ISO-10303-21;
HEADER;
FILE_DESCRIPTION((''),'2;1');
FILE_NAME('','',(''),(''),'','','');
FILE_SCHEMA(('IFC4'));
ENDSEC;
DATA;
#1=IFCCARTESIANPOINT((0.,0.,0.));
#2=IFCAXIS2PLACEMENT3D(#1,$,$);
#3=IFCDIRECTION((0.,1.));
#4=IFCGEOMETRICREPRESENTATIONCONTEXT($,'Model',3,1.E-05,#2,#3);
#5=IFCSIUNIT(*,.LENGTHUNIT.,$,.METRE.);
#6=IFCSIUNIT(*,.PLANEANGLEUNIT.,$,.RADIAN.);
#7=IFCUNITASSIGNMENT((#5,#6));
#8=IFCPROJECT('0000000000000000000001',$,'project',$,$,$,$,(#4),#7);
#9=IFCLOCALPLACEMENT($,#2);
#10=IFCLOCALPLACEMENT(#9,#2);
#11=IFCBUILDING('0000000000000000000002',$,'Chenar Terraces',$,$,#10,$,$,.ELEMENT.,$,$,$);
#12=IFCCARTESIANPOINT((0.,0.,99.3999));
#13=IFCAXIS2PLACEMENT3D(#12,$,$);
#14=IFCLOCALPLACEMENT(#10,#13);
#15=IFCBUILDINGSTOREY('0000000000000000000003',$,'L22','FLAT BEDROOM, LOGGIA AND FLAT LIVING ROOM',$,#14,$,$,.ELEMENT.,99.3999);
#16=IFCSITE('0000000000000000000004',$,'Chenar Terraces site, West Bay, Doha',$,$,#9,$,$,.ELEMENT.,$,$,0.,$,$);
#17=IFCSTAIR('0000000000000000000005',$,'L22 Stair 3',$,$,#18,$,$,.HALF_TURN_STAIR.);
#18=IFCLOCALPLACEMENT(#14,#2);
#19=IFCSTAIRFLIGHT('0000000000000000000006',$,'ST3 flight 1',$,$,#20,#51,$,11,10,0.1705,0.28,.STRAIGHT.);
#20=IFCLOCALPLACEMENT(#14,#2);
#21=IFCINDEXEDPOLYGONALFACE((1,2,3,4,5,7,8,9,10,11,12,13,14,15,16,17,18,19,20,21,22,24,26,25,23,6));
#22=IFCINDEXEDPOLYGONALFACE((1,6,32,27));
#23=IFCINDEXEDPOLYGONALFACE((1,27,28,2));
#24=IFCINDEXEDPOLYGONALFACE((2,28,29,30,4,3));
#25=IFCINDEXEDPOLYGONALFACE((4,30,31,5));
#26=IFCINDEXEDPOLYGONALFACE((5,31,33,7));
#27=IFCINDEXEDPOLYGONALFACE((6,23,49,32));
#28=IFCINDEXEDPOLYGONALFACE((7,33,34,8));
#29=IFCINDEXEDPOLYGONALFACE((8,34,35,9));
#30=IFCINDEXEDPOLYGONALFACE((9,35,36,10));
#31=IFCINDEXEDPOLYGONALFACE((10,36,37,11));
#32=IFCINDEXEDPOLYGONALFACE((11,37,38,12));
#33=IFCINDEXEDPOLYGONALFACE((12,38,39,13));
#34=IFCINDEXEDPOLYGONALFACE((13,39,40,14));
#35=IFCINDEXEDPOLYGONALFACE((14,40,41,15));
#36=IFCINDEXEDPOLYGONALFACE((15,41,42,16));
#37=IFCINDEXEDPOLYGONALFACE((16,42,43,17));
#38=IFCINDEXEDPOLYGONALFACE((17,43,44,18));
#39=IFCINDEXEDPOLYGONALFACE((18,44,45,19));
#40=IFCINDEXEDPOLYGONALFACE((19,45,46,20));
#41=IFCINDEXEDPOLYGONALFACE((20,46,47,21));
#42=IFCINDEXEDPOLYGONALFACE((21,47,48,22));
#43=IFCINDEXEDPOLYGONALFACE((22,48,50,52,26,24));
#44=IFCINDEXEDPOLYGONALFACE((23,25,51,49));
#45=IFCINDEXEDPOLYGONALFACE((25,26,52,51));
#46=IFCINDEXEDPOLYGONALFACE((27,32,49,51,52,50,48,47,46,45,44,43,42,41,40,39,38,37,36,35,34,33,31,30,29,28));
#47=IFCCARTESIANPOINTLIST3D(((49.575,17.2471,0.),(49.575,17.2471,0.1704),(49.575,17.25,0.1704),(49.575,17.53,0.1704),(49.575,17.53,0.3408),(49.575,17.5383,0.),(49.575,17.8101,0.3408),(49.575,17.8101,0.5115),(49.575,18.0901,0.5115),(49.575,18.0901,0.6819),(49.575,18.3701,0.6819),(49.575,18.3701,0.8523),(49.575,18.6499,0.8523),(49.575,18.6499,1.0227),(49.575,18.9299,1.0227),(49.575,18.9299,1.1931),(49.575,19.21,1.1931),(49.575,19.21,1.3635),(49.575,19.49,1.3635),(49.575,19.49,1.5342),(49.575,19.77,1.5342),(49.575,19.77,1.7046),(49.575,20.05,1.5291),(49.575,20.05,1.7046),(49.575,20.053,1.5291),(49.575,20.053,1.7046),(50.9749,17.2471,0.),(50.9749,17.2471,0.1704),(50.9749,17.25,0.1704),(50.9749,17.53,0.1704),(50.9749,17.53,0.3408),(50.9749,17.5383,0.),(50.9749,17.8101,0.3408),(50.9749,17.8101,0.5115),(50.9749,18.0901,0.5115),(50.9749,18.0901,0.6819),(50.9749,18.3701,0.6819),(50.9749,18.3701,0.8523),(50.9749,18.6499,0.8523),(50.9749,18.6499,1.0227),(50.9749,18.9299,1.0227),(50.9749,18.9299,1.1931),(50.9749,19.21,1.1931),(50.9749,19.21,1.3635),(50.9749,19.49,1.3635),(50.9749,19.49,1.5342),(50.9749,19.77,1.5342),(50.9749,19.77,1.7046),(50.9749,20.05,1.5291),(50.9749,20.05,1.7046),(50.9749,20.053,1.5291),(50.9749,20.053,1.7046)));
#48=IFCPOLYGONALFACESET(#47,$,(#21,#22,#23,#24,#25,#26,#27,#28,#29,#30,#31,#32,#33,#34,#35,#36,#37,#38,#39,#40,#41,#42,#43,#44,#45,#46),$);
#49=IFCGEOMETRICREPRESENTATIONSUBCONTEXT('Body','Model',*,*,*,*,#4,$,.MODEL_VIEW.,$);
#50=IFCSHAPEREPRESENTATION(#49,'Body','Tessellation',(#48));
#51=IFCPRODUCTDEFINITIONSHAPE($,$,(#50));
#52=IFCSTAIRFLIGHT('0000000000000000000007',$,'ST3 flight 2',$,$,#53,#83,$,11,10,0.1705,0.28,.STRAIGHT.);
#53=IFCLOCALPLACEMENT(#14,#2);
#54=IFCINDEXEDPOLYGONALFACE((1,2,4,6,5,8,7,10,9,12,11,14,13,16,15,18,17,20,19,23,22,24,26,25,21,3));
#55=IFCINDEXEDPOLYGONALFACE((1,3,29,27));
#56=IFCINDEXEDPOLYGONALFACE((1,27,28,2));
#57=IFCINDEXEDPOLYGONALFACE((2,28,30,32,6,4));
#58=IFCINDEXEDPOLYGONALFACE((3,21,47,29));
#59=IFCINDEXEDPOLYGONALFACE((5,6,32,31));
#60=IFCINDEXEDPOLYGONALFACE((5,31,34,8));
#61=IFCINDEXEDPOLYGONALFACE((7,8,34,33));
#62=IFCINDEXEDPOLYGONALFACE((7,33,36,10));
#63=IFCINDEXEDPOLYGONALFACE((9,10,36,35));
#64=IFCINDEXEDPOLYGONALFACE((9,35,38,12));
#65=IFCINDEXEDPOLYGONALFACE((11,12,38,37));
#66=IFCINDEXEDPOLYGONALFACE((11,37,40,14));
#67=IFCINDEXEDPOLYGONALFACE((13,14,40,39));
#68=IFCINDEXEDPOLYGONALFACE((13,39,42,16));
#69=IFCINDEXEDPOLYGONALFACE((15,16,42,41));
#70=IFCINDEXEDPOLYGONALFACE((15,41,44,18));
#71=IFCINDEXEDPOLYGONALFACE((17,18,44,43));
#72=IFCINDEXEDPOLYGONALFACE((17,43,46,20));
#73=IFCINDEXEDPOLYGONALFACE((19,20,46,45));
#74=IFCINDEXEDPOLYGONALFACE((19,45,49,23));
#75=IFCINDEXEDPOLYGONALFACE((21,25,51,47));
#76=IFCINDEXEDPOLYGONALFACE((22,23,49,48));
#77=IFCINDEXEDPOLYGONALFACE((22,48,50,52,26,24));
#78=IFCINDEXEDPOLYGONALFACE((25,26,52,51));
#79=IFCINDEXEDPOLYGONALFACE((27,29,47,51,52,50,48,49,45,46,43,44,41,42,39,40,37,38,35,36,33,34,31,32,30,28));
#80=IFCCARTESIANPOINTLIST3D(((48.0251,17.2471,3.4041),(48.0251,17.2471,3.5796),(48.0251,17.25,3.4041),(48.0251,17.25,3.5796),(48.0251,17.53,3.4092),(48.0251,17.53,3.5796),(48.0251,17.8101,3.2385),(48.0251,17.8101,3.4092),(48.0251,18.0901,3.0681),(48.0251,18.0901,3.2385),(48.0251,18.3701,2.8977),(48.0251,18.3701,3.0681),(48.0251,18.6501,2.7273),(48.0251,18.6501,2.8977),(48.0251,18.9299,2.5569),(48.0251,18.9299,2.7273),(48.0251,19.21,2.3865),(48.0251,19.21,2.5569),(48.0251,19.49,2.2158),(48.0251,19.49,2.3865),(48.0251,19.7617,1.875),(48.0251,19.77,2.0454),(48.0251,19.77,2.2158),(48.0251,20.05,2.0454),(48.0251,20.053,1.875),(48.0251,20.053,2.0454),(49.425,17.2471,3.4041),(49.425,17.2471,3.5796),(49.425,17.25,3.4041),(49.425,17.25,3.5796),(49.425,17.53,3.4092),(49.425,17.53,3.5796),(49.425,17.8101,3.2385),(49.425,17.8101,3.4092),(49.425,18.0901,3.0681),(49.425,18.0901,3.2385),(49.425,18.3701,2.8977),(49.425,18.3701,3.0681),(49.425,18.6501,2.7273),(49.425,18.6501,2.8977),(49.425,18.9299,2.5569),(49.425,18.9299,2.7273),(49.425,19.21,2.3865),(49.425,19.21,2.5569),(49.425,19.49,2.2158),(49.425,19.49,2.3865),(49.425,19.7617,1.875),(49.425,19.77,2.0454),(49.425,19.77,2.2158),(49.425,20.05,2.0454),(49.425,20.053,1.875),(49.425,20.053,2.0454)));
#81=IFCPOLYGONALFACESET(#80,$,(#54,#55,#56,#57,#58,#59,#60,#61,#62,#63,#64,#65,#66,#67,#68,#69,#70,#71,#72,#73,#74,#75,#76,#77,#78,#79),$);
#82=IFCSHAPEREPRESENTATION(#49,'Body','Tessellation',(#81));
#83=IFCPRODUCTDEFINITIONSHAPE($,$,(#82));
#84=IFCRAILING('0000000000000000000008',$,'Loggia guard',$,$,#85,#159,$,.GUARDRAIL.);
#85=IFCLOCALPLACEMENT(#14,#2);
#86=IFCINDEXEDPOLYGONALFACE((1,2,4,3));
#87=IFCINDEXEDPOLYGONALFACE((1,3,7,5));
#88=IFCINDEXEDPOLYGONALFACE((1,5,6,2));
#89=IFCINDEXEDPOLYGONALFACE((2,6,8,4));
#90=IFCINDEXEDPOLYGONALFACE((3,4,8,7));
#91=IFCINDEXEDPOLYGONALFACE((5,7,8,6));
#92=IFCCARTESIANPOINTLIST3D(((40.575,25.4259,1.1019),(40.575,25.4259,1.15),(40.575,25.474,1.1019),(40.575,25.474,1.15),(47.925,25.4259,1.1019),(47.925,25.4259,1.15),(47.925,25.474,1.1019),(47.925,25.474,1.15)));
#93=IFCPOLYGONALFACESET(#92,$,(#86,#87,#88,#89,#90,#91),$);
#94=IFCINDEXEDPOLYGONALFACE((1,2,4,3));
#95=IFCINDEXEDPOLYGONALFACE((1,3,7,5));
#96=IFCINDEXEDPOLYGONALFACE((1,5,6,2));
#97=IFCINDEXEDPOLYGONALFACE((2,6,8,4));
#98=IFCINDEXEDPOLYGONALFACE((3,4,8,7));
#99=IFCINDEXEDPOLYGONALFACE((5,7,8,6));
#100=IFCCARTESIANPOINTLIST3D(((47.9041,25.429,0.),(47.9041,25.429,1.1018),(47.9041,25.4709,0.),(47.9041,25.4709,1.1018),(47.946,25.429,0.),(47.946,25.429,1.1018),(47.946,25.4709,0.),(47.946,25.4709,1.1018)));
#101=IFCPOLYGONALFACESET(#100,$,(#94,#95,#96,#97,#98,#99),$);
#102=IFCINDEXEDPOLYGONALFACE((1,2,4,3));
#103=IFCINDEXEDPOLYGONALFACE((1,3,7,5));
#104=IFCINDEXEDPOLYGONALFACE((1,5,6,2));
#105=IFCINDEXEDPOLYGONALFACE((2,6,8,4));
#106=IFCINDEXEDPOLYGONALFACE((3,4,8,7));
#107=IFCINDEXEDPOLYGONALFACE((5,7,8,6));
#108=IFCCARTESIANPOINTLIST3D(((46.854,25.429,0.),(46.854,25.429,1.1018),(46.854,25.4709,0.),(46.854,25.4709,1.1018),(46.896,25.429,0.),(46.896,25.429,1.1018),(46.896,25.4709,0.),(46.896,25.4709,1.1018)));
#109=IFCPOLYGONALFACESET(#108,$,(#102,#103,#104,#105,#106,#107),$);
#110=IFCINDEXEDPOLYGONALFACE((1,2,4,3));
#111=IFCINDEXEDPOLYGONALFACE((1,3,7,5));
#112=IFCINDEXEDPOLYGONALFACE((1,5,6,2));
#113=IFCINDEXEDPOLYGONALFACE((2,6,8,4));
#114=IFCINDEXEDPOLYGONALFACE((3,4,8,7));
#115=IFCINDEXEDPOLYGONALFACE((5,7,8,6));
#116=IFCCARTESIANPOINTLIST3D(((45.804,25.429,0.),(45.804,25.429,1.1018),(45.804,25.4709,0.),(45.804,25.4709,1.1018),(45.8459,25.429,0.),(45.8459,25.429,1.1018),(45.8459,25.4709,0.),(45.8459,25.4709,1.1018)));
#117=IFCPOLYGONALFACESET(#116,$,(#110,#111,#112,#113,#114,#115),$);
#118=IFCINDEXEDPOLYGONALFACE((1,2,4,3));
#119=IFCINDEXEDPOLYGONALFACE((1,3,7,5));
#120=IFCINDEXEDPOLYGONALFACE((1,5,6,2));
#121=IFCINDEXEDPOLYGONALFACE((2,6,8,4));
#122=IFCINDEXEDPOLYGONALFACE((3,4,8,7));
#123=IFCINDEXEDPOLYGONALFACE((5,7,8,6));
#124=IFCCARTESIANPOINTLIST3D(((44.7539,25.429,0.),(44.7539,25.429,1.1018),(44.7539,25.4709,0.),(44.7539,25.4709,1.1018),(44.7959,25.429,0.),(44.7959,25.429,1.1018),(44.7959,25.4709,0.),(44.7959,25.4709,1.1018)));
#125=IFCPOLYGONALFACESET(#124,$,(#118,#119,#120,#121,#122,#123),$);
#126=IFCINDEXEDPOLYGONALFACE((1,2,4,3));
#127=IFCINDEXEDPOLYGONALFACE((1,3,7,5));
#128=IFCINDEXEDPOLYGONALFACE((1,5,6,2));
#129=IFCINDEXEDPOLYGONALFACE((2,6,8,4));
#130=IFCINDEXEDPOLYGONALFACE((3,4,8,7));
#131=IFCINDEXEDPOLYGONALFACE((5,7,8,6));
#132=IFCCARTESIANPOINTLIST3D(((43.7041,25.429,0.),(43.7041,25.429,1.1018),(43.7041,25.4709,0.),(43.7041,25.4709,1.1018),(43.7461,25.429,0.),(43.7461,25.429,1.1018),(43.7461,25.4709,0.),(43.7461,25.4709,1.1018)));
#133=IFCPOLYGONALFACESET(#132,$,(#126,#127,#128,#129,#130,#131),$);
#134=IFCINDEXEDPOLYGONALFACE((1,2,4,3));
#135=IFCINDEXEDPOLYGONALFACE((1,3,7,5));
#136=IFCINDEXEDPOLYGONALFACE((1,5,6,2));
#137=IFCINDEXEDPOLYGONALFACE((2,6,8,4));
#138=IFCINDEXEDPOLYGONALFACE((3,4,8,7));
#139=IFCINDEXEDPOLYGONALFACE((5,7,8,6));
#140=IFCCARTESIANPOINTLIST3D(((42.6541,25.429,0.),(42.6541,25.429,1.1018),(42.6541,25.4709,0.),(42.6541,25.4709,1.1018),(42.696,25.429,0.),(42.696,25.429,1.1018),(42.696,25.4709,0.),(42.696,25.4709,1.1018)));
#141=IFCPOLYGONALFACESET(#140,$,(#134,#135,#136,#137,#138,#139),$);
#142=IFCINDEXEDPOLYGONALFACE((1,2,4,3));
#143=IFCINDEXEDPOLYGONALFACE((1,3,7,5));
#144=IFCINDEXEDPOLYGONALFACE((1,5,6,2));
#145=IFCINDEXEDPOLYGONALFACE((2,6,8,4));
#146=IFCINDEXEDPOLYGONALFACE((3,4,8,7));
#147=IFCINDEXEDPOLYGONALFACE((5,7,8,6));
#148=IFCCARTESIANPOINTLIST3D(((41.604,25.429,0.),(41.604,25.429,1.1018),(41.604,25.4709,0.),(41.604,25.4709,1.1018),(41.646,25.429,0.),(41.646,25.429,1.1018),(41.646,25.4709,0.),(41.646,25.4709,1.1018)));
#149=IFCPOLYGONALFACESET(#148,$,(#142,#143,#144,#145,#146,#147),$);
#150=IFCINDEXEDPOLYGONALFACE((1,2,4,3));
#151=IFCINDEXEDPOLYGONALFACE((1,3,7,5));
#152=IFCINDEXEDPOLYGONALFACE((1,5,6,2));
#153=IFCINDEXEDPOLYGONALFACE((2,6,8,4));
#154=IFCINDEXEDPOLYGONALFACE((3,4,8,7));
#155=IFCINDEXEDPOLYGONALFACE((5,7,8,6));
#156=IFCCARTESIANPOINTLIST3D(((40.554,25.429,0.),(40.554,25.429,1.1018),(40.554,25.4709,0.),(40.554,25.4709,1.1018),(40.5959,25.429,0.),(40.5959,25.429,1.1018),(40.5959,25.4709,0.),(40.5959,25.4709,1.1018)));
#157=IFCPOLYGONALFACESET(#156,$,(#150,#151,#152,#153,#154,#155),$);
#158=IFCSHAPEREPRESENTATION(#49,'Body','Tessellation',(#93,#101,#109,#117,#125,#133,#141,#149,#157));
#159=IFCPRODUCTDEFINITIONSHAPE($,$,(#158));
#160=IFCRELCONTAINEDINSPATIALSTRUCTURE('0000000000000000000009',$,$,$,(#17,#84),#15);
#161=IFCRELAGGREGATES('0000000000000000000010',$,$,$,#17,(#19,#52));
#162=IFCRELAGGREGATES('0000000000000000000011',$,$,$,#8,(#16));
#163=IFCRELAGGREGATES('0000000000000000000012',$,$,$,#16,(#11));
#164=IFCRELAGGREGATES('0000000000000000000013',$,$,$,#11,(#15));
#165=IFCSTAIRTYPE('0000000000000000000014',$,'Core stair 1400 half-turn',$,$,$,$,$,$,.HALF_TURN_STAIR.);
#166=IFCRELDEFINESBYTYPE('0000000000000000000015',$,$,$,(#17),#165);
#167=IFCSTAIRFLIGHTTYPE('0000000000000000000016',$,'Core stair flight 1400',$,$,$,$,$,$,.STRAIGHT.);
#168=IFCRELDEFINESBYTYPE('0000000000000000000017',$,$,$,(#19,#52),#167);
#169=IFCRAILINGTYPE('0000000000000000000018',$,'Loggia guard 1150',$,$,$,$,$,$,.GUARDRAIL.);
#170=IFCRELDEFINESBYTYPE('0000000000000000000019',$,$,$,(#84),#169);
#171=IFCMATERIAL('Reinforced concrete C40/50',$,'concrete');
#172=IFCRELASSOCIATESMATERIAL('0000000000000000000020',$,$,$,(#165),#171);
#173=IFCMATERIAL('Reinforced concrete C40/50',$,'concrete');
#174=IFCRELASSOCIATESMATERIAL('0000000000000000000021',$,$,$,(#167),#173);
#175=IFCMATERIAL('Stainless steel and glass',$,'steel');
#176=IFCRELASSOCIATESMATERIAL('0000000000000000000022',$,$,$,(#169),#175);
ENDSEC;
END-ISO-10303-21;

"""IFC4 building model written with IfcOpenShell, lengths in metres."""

from ifc_helpers import new_model, si_unit, direction, frame, origin, origin_2d, place, context, subcontext, project, spatial, polyline, rectangle, outline, extrude, material, type_object, element, aggregate, save


model = new_model("IFC4")

# Units and contexts
model_context = context("Model", 3, precision=1e-05, world=origin(), true_north=direction((0.0, 1.0)))
body_context = subcontext(model_context, "Body", "Model", "MODEL_VIEW")
ifc_project = project(units=[si_unit("LENGTHUNIT", "METRE"), si_unit("PLANEANGLEUNIT", "RADIAN")], contexts=[model_context])

# Site, building, storey
site_placement = place(None, origin())
site = spatial("IfcSite", under=ifc_project, at=site_placement, Name="Chenar Terraces site, West Bay, Doha", CompositionType="ELEMENT", RefElevation=0.0)
building_placement = place(site_placement, origin())
building = spatial("IfcBuilding", under=site, at=building_placement, Name="Chenar Terraces", CompositionType="ELEMENT")
storey_placement = place(building_placement, frame((0.0, 0.0, 99.3999)))
storey = spatial("IfcBuildingStorey", under=building, at=storey_placement, Name="L22", Description="FLAT BEDROOM, LOGGIA AND FLAT LIVING ROOM", CompositionType="ELEMENT", Elevation=99.3999)

# Stair, stair flights
ifc_material_1 = material(Name="Reinforced concrete C40/50", Category="concrete")
stair_type = type_object("IfcStairType", Name="Core stair 1400 half-turn", PredefinedType="HALF_TURN_STAIR", material=ifc_material_1)
stair_placement = place(storey_placement, origin())
stair = element("IfcStair", 1, at=stair_placement, inside=storey, type_object=stair_type, Name="L22 Stair 3", PredefinedType="HALF_TURN_STAIR")
ifc_material_2 = material(Name="Reinforced concrete C40/50", Category="concrete")
stair_flight_type = type_object("IfcStairFlightType", Name="Core stair flight 1400", PredefinedType="STRAIGHT", material=ifc_material_2)
stair_flight_1_placement = place(storey_placement, frame((50.2749, 17.25, 0.0), z_axis=(0.0, 0.0, 1.0), x_axis=(0.0, 1.0, 0.0)))
stair_flight_1 = element("IfcStairFlight", 2, at=stair_flight_1_placement, type_object=stair_flight_type, Name="ST3 flight 1", NumberOfRisers=11, NumberOfTreads=10, PredefinedType="STRAIGHT", RiserHeight=0.1705, TreadLength=0.28, context=body_context, shape_type="SweptSolid", body=[
    extrude(outline(polyline([(-0.0029, 0.0), (-0.0029, 0.1704), (0.0, 0.1704), (0.28, 0.1704), (0.28, 0.3408), (0.5601, 0.3408), (0.5601, 0.5115), (0.8401, 0.5115), (0.8401, 0.6819), (1.1201, 0.6819), (1.1201, 0.8523), (1.3999, 0.8523), (1.3999, 1.0227), (1.6799, 1.0227), (1.6799, 1.1931), (1.96, 1.1931), (1.96, 1.3635), (2.24, 1.3635), (2.24, 1.5342), (2.52, 1.5342), (2.52, 1.7046), (2.8, 1.7046), (2.803, 1.7046), (2.803, 1.5291), (2.8, 1.5291), (0.2883, 0.0), (-0.0029, 0.0)])), frame((0.0, 0.7, 0.0), z_axis=(0.0, -1.0, 0.0), x_axis=(1.0, 0.0, 0.0)), (0.0, 0.0, 1.0), 1.3999),
])
stair_flight_2_placement = place(storey_placement, frame((48.7251, 20.05, 1.875), z_axis=(0.0, 0.0, 1.0), x_axis=(0.0, -1.0, 0.0)))
stair_flight_2 = element("IfcStairFlight", 3, at=stair_flight_2_placement, type_object=stair_flight_type, Name="ST3 flight 2", NumberOfRisers=11, NumberOfTreads=10, PredefinedType="STRAIGHT", RiserHeight=0.1705, TreadLength=0.28, context=body_context, shape_type="SweptSolid", body=[
    extrude(outline(polyline([(-0.0029, 0.0), (-0.0029, 0.1704), (0.0, 0.1704), (0.28, 0.1704), (0.28, 0.3408), (0.5601, 0.3408), (0.5601, 0.5115), (0.8401, 0.5115), (0.8401, 0.6819), (1.1201, 0.6819), (1.1201, 0.8523), (1.3999, 0.8523), (1.3999, 1.0227), (1.6799, 1.0227), (1.6799, 1.1931), (1.96, 1.1931), (1.96, 1.3635), (2.24, 1.3635), (2.24, 1.5342), (2.52, 1.5342), (2.52, 1.7046), (2.8, 1.7046), (2.803, 1.7046), (2.803, 1.5291), (2.8, 1.5291), (0.2883, 0.0), (-0.0029, 0.0)])), frame((0.0, 0.7, 0.0), z_axis=(0.0, -1.0, 0.0), x_axis=(1.0, 0.0, 0.0)), (0.0, 0.0, 1.0), 1.3999),
])
aggregate(stair, [stair_flight_1, stair_flight_2])

# Railing
ifc_material_3 = material(Name="Stainless steel and glass", Category="steel")
railing_type_1 = type_object("IfcRailingType", Name="Loggia guard 1150", PredefinedType="GUARDRAIL", material=ifc_material_3)
railing_1_placement = place(storey_placement, frame((47.925, 25.45, 0.0)))
element("IfcRailing", 4, at=railing_1_placement, inside=storey, type_object=railing_type_1, Name="Loggia guard", PredefinedType="GUARDRAIL", context=body_context, shape_type="SweptSolid", body=[
    extrude(rectangle(XDim=0.0481, YDim=0.0481, at=origin_2d()), frame((0.0, 0.0, 1.126), z_axis=(-1.0, 0.0, 0.0), x_axis=(0.0, -1.0, 0.0)), (0.0, 0.0, 1.0), 7.3501),
    extrude(rectangle(XDim=0.042, YDim=0.042, at=origin_2d()), origin(), (0.0, 0.0, 1.0), 1.1018),
    extrude(rectangle(XDim=0.042, YDim=0.042, at=origin_2d()), frame((-1.05, 0.0, 0.0)), (0.0, 0.0, 1.0), 1.1018),
    extrude(rectangle(XDim=0.042, YDim=0.042, at=origin_2d()), frame((-2.1001, 0.0, 0.0)), (0.0, 0.0, 1.0), 1.1018),
    extrude(rectangle(XDim=0.042, YDim=0.042, at=origin_2d()), frame((-3.1501, 0.0, 0.0)), (0.0, 0.0, 1.0), 1.1018),
    extrude(rectangle(XDim=0.042, YDim=0.042, at=origin_2d()), frame((-4.2, 0.0, 0.0)), (0.0, 0.0, 1.0), 1.1018),
    extrude(rectangle(XDim=0.042, YDim=0.042, at=origin_2d()), frame((-5.25, 0.0, 0.0)), (0.0, 0.0, 1.0), 1.1018),
    extrude(rectangle(XDim=0.042, YDim=0.042, at=origin_2d()), frame((-6.3, 0.0, 0.0)), (0.0, 0.0, 1.0), 1.1018),
    extrude(rectangle(XDim=0.042, YDim=0.042, at=origin_2d()), frame((-7.3501, 0.0, 0.0)), (0.0, 0.0, 1.0), 1.1018),
])

save(model, "model.ifc")
